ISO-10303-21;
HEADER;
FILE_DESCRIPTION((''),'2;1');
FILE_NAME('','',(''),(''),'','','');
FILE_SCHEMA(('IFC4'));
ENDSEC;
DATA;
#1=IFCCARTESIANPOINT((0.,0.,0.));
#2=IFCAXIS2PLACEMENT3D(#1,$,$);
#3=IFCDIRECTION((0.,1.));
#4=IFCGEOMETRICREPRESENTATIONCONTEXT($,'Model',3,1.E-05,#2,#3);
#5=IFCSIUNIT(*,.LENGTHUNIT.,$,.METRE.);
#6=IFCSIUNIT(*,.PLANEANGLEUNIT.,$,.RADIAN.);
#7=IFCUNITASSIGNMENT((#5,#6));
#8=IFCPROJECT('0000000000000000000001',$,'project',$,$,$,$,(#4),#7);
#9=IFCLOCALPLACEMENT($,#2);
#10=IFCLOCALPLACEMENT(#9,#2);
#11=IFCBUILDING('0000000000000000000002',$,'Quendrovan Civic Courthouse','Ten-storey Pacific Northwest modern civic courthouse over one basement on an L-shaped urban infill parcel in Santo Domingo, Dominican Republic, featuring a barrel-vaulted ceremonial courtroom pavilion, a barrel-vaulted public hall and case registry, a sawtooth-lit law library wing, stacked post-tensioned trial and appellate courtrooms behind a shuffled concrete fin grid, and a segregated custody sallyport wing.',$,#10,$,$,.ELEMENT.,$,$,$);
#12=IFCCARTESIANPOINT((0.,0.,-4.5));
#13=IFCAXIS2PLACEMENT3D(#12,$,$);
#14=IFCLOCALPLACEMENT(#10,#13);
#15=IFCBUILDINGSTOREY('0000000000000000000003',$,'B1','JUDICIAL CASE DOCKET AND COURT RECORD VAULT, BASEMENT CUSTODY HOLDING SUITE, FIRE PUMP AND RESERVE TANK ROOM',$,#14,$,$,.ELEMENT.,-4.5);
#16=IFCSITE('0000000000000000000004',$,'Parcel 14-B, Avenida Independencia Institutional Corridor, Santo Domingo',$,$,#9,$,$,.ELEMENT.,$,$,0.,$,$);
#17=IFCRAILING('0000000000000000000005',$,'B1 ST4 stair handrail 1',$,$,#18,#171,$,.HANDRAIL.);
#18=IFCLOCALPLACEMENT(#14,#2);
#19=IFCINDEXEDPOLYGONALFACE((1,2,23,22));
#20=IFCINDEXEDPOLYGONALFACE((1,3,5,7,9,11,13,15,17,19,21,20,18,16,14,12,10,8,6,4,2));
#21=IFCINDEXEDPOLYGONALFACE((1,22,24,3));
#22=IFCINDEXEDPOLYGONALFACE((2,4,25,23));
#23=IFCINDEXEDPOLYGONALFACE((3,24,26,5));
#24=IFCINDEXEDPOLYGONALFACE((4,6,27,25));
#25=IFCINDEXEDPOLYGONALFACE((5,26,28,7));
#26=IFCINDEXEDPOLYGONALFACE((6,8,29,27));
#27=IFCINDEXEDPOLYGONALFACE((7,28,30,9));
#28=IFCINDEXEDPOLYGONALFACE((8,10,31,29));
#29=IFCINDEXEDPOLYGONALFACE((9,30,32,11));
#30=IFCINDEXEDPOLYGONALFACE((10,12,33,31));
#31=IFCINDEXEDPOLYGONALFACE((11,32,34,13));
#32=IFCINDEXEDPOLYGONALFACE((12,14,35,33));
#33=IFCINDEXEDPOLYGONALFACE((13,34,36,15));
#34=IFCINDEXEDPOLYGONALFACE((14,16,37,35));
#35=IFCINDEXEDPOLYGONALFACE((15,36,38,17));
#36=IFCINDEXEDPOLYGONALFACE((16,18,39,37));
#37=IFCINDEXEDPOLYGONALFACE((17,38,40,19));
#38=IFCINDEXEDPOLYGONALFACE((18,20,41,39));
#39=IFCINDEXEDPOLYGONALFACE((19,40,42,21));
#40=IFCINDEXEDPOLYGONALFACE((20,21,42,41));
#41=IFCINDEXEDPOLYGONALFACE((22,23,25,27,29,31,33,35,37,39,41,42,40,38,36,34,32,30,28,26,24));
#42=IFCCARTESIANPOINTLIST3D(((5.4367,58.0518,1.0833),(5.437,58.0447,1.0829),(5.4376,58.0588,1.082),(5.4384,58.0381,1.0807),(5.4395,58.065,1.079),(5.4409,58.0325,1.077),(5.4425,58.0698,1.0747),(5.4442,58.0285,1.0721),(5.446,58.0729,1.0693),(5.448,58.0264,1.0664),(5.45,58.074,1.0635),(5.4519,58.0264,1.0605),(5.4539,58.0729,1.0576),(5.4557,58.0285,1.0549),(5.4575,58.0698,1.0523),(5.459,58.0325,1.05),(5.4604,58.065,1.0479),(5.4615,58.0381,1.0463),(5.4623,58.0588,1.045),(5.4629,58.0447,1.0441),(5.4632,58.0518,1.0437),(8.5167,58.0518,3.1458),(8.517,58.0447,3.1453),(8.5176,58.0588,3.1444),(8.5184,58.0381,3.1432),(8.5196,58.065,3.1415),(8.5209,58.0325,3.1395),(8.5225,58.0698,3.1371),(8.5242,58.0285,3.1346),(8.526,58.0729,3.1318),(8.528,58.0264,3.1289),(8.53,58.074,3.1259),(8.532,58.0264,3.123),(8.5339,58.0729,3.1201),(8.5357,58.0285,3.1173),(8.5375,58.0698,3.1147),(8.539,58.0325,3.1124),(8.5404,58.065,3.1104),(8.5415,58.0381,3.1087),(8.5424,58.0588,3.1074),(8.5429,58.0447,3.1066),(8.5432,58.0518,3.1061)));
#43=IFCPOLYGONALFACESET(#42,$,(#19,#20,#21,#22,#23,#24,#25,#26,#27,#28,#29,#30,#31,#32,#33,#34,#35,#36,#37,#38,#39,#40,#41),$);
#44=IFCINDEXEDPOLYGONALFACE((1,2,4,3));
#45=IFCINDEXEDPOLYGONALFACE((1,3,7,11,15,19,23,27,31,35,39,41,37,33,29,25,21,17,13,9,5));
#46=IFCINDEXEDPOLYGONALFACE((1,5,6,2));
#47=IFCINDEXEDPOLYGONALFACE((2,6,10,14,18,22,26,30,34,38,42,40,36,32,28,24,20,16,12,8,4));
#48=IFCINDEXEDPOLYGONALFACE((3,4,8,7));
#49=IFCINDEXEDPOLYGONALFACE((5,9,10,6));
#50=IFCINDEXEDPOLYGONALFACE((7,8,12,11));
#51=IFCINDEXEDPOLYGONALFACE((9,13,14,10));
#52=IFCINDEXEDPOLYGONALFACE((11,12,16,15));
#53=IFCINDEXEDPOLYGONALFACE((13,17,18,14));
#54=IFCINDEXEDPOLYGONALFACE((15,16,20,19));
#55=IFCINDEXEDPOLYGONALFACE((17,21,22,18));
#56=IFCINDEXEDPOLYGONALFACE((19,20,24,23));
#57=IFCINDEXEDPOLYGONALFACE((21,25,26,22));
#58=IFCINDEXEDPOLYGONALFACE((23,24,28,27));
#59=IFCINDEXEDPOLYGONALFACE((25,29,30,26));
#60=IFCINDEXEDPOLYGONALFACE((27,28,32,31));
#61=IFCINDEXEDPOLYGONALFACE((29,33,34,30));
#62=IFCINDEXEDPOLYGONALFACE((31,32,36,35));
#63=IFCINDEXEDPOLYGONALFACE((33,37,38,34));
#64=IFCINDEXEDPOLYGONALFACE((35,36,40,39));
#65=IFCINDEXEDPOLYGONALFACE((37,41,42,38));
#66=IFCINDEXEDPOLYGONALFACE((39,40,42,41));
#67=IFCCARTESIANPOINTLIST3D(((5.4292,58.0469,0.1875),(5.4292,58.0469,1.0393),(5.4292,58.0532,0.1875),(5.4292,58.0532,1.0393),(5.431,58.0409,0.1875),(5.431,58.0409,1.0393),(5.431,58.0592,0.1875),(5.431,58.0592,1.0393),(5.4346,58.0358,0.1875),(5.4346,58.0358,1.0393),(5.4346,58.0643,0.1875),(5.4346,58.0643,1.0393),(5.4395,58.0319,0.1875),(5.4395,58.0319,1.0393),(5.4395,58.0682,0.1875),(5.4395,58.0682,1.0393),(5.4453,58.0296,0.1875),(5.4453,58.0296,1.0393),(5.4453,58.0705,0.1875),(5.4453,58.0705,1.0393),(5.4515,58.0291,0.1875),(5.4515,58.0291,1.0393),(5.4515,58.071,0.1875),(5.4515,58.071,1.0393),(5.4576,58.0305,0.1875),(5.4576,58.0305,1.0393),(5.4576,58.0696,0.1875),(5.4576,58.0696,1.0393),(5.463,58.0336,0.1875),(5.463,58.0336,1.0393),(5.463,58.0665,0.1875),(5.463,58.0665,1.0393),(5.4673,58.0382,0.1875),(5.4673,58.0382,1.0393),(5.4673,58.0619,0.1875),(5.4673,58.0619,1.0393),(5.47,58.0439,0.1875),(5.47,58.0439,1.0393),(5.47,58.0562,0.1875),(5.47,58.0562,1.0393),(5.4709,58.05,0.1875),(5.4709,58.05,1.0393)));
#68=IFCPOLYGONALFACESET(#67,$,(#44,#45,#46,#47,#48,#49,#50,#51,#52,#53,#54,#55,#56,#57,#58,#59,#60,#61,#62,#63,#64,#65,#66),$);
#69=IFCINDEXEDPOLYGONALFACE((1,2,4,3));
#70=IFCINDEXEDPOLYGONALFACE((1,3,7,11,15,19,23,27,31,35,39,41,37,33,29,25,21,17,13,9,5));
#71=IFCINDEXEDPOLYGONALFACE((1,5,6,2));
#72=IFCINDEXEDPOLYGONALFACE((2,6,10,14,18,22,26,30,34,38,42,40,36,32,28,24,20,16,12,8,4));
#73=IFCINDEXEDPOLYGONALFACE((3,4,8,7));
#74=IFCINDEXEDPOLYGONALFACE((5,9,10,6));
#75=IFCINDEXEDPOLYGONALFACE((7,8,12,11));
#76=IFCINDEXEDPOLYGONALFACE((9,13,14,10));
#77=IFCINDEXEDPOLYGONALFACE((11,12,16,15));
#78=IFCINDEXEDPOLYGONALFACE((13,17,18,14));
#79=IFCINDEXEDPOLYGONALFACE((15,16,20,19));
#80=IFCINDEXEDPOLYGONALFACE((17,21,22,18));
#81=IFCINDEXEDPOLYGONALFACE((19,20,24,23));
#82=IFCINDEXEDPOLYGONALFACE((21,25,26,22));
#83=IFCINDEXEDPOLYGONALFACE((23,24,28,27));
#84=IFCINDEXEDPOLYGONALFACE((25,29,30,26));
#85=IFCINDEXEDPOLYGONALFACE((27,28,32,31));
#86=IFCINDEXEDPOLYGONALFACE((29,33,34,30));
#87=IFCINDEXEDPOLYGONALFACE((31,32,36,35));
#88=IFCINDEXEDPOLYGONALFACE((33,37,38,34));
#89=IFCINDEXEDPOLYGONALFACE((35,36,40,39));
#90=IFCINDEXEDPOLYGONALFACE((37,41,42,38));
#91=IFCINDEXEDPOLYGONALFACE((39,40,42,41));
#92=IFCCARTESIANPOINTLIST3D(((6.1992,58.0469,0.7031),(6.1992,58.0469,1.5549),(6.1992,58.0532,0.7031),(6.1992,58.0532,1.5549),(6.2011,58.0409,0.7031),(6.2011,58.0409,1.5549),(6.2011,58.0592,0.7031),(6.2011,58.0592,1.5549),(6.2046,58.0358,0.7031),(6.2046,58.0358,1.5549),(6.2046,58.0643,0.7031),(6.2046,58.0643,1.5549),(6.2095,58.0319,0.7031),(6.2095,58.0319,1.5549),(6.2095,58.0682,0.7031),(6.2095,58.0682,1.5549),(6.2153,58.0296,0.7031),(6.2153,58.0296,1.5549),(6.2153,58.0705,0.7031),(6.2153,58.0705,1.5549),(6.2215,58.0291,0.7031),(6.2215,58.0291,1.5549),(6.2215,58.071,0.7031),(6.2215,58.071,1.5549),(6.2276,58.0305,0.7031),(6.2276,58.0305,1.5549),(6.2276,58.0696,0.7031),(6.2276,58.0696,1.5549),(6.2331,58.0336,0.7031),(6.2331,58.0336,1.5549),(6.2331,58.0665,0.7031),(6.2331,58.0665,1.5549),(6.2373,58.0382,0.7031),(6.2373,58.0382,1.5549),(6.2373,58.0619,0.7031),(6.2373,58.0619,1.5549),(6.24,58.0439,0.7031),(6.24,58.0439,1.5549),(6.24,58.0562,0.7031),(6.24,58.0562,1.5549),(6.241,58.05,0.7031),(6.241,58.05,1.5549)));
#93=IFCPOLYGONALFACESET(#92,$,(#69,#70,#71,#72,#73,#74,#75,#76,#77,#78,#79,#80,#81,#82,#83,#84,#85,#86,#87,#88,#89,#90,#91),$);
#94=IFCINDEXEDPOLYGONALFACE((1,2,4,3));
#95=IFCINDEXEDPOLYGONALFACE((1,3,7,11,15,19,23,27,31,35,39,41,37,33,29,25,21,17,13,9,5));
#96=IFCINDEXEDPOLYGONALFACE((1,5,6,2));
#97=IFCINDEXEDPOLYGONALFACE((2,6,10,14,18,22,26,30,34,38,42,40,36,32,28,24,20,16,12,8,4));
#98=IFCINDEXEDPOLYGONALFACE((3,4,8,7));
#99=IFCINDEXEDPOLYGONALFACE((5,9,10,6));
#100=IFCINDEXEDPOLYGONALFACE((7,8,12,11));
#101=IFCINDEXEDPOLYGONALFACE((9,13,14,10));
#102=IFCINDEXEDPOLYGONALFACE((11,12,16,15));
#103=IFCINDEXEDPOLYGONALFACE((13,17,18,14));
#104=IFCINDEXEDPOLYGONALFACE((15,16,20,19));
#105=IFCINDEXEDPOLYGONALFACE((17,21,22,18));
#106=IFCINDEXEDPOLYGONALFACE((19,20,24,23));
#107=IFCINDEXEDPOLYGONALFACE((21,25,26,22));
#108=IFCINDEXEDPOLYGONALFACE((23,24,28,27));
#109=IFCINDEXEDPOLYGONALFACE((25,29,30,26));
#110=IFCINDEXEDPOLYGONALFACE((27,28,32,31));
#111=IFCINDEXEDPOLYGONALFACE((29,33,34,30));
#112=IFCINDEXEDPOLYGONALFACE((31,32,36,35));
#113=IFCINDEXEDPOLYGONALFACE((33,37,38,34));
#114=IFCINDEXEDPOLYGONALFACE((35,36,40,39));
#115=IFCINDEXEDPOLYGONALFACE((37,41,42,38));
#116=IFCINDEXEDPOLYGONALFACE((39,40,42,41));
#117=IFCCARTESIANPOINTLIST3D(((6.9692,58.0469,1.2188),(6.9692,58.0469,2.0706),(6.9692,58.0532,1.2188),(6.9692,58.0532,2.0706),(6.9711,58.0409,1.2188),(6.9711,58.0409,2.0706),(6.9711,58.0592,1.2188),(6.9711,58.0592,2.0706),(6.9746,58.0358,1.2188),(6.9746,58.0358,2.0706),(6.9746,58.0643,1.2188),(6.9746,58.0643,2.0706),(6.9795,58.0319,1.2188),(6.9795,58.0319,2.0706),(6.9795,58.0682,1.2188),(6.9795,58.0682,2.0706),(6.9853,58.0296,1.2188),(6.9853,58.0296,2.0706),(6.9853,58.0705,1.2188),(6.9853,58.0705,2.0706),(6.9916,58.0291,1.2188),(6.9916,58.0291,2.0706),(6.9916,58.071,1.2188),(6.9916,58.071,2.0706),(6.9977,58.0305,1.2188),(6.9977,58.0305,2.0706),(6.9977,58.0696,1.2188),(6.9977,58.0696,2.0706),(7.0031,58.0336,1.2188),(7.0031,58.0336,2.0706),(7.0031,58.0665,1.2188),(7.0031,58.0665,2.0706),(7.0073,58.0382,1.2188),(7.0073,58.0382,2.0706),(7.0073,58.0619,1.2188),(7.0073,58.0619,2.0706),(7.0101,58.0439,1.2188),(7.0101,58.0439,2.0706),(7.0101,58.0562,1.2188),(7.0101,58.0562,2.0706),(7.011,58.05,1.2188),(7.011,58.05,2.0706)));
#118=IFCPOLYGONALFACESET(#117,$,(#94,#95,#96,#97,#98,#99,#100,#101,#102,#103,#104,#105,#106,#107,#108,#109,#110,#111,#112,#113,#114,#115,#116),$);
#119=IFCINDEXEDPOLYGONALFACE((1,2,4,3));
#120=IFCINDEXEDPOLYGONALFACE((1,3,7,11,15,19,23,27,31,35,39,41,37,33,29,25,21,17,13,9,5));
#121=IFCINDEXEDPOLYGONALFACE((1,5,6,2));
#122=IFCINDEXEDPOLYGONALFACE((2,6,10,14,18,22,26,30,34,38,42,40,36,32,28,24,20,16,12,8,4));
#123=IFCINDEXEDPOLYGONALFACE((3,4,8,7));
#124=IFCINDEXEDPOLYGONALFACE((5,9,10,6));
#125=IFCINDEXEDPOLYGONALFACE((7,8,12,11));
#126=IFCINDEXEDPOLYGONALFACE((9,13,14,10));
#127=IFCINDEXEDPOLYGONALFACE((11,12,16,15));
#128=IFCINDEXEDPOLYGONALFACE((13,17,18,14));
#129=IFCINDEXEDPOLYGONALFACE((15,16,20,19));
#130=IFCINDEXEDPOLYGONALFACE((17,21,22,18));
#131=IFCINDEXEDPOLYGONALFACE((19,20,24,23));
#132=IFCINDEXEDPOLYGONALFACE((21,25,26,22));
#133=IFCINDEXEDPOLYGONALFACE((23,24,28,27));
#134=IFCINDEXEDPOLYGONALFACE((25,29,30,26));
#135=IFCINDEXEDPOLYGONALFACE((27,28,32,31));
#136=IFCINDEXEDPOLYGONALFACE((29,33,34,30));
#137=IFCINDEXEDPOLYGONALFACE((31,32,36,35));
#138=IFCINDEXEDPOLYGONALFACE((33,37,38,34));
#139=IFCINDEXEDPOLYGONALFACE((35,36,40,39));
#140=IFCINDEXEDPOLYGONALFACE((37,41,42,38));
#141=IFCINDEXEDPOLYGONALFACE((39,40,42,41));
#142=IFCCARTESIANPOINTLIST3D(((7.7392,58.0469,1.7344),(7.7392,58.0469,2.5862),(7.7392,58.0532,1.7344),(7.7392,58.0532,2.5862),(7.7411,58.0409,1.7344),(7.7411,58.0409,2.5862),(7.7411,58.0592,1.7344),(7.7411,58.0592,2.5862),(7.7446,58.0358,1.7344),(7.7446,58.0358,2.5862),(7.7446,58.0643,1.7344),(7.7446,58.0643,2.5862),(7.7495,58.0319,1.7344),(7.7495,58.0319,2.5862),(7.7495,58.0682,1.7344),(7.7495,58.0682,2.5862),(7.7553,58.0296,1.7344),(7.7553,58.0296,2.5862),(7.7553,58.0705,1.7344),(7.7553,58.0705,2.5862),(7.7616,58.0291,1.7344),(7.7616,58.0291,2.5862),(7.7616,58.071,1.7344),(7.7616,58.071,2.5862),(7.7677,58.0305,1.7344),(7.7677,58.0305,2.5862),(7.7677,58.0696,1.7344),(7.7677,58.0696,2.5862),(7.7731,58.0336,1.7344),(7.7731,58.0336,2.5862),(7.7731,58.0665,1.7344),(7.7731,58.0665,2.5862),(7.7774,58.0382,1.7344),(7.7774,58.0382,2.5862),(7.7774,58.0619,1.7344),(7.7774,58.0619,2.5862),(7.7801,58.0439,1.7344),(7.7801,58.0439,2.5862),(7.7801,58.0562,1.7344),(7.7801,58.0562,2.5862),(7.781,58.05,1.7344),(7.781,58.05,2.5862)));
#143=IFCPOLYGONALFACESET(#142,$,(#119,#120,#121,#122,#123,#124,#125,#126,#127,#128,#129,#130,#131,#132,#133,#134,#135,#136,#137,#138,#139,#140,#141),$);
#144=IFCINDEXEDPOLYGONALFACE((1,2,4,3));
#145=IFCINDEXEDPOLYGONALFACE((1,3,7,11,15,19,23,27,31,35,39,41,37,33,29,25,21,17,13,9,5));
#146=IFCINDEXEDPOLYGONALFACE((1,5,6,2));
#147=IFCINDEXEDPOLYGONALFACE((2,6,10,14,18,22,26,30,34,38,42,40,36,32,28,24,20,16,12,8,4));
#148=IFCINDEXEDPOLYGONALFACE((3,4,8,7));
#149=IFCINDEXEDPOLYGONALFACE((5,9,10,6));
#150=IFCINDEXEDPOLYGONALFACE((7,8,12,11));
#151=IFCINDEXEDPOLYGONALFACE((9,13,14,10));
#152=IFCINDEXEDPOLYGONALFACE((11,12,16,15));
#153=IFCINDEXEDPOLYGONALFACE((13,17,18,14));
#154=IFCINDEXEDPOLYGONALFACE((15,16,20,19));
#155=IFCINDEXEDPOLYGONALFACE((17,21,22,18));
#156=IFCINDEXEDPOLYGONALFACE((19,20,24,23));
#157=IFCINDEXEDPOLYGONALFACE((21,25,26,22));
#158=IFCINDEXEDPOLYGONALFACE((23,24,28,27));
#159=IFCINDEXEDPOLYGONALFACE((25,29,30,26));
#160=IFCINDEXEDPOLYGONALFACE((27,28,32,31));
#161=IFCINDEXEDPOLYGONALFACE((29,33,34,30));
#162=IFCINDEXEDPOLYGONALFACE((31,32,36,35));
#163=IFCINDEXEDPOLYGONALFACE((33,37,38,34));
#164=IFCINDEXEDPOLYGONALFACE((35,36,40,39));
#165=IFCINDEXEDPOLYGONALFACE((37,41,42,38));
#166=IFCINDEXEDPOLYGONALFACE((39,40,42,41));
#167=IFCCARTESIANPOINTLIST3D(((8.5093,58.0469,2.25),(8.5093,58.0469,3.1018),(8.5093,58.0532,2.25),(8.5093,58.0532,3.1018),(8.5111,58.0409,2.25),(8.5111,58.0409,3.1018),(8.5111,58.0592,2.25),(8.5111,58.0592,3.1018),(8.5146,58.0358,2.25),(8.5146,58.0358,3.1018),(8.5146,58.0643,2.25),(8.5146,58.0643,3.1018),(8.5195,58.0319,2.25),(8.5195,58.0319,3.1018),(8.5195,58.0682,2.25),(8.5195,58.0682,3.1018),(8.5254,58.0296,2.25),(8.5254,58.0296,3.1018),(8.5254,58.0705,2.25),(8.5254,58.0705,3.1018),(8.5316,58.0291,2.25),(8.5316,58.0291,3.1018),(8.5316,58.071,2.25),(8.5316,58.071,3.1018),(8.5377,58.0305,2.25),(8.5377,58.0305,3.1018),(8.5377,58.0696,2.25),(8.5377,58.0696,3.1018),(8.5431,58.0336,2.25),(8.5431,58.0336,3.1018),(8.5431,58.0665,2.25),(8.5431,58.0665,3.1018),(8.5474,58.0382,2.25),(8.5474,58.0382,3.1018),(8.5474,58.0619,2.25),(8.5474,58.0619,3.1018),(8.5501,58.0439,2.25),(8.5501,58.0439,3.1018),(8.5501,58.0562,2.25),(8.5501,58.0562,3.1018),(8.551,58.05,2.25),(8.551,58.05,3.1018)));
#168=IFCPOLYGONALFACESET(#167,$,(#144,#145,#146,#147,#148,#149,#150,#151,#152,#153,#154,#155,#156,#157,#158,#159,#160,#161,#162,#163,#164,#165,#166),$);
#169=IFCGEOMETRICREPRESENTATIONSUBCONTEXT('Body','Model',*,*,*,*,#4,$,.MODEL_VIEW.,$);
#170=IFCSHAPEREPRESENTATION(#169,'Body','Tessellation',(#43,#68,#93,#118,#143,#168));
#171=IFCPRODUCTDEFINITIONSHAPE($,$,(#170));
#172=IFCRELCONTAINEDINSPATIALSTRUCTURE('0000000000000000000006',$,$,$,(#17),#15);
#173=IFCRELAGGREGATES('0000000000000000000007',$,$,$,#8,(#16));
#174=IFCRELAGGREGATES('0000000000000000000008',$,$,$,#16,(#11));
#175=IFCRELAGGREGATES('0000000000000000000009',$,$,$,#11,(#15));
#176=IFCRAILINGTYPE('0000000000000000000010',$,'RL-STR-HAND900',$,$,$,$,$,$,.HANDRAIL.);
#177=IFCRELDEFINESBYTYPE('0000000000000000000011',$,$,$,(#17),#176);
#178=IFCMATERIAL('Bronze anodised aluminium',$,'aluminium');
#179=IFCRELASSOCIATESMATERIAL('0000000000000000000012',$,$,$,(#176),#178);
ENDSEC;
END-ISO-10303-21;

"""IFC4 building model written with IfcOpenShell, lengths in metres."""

from ifc_helpers import new_model, si_unit, direction, frame, origin, origin_2d, place, context, subcontext, project, spatial, circle, extrude, material, type_object, element, save


model = new_model("IFC4")

# Units and contexts
model_context = context("Model", 3, precision=1e-05, world=origin(), true_north=direction((0.0, 1.0)))
body_context = subcontext(model_context, "Body", "Model", "MODEL_VIEW")
ifc_project = project(units=[si_unit("LENGTHUNIT", "METRE"), si_unit("PLANEANGLEUNIT", "RADIAN")], contexts=[model_context])

# Site, building, storey
site_placement = place(None, origin())
site = spatial("IfcSite", under=ifc_project, at=site_placement, Name="Parcel 14-B, Avenida Independencia Institutional Corridor, Santo Domingo", CompositionType="ELEMENT", RefElevation=0.0)
building_placement = place(site_placement, origin())
building = spatial("IfcBuilding", under=site, at=building_placement, Name="Quendrovan Civic Courthouse", Description="Ten-storey Pacific Northwest modern civic courthouse over one basement on an L-shaped urban infill parcel in Santo Domingo, Dominican Republic, featuring a barrel-vaulted ceremonial courtroom pavilion, a barrel-vaulted public hall and case registry, a sawtooth-lit law library wing, stacked post-tensioned trial and appellate courtrooms behind a shuffled concrete fin grid, and a segregated custody sallyport wing.", CompositionType="ELEMENT")
storey_placement = place(building_placement, frame((0.0, 0.0, -4.5)))
storey = spatial("IfcBuildingStorey", under=building, at=storey_placement, Name="B1", Description="JUDICIAL CASE DOCKET AND COURT RECORD VAULT, BASEMENT CUSTODY HOLDING SUITE, FIRE PUMP AND RESERVE TANK ROOM", CompositionType="ELEMENT", Elevation=-4.5)

# Railing
ifc_material_1 = material(Name="Bronze anodised aluminium", Category="aluminium")
railing_type_1 = type_object("IfcRailingType", Name="RL-STR-HAND900", PredefinedType="HANDRAIL", material=ifc_material_1)
railing_1_placement = place(storey_placement, frame((5.45, 58.05, 0.1875)))
element("IfcRailing", 1, at=railing_1_placement, inside=storey, type_object=railing_type_1, Name="B1 ST4 stair handrail 1", PredefinedType="HANDRAIL", context=body_context, shape_type="SweptSolid", body=[
    extrude(circle(Radius=0.0239, at=origin_2d()), frame((0.0, 0.0, 0.876), z_axis=(0.830914, 0.0, 0.556401), x_axis=(0.0, 1.0, 0.0)), (0.0, 0.0, 1.0), 3.7068),
    extrude(circle(Radius=0.021, at=origin_2d()), origin(), (0.0, 0.0, 1.0), 0.8518),
    extrude(circle(Radius=0.021, at=origin_2d()), frame((0.77, 0.0, 0.5156)), (0.0, 0.0, 1.0), 0.8518),
    extrude(circle(Radius=0.021, at=origin_2d()), frame((1.54, 0.0, 1.0312)), (0.0, 0.0, 1.0), 0.8518),
    extrude(circle(Radius=0.021, at=origin_2d()), frame((2.3101, 0.0, 1.5469)), (0.0, 0.0, 1.0), 0.8518),
    extrude(circle(Radius=0.021, at=origin_2d()), frame((3.0801, 0.0, 2.0625)), (0.0, 0.0, 1.0), 0.8518),
])

save(model, "model.ifc")
